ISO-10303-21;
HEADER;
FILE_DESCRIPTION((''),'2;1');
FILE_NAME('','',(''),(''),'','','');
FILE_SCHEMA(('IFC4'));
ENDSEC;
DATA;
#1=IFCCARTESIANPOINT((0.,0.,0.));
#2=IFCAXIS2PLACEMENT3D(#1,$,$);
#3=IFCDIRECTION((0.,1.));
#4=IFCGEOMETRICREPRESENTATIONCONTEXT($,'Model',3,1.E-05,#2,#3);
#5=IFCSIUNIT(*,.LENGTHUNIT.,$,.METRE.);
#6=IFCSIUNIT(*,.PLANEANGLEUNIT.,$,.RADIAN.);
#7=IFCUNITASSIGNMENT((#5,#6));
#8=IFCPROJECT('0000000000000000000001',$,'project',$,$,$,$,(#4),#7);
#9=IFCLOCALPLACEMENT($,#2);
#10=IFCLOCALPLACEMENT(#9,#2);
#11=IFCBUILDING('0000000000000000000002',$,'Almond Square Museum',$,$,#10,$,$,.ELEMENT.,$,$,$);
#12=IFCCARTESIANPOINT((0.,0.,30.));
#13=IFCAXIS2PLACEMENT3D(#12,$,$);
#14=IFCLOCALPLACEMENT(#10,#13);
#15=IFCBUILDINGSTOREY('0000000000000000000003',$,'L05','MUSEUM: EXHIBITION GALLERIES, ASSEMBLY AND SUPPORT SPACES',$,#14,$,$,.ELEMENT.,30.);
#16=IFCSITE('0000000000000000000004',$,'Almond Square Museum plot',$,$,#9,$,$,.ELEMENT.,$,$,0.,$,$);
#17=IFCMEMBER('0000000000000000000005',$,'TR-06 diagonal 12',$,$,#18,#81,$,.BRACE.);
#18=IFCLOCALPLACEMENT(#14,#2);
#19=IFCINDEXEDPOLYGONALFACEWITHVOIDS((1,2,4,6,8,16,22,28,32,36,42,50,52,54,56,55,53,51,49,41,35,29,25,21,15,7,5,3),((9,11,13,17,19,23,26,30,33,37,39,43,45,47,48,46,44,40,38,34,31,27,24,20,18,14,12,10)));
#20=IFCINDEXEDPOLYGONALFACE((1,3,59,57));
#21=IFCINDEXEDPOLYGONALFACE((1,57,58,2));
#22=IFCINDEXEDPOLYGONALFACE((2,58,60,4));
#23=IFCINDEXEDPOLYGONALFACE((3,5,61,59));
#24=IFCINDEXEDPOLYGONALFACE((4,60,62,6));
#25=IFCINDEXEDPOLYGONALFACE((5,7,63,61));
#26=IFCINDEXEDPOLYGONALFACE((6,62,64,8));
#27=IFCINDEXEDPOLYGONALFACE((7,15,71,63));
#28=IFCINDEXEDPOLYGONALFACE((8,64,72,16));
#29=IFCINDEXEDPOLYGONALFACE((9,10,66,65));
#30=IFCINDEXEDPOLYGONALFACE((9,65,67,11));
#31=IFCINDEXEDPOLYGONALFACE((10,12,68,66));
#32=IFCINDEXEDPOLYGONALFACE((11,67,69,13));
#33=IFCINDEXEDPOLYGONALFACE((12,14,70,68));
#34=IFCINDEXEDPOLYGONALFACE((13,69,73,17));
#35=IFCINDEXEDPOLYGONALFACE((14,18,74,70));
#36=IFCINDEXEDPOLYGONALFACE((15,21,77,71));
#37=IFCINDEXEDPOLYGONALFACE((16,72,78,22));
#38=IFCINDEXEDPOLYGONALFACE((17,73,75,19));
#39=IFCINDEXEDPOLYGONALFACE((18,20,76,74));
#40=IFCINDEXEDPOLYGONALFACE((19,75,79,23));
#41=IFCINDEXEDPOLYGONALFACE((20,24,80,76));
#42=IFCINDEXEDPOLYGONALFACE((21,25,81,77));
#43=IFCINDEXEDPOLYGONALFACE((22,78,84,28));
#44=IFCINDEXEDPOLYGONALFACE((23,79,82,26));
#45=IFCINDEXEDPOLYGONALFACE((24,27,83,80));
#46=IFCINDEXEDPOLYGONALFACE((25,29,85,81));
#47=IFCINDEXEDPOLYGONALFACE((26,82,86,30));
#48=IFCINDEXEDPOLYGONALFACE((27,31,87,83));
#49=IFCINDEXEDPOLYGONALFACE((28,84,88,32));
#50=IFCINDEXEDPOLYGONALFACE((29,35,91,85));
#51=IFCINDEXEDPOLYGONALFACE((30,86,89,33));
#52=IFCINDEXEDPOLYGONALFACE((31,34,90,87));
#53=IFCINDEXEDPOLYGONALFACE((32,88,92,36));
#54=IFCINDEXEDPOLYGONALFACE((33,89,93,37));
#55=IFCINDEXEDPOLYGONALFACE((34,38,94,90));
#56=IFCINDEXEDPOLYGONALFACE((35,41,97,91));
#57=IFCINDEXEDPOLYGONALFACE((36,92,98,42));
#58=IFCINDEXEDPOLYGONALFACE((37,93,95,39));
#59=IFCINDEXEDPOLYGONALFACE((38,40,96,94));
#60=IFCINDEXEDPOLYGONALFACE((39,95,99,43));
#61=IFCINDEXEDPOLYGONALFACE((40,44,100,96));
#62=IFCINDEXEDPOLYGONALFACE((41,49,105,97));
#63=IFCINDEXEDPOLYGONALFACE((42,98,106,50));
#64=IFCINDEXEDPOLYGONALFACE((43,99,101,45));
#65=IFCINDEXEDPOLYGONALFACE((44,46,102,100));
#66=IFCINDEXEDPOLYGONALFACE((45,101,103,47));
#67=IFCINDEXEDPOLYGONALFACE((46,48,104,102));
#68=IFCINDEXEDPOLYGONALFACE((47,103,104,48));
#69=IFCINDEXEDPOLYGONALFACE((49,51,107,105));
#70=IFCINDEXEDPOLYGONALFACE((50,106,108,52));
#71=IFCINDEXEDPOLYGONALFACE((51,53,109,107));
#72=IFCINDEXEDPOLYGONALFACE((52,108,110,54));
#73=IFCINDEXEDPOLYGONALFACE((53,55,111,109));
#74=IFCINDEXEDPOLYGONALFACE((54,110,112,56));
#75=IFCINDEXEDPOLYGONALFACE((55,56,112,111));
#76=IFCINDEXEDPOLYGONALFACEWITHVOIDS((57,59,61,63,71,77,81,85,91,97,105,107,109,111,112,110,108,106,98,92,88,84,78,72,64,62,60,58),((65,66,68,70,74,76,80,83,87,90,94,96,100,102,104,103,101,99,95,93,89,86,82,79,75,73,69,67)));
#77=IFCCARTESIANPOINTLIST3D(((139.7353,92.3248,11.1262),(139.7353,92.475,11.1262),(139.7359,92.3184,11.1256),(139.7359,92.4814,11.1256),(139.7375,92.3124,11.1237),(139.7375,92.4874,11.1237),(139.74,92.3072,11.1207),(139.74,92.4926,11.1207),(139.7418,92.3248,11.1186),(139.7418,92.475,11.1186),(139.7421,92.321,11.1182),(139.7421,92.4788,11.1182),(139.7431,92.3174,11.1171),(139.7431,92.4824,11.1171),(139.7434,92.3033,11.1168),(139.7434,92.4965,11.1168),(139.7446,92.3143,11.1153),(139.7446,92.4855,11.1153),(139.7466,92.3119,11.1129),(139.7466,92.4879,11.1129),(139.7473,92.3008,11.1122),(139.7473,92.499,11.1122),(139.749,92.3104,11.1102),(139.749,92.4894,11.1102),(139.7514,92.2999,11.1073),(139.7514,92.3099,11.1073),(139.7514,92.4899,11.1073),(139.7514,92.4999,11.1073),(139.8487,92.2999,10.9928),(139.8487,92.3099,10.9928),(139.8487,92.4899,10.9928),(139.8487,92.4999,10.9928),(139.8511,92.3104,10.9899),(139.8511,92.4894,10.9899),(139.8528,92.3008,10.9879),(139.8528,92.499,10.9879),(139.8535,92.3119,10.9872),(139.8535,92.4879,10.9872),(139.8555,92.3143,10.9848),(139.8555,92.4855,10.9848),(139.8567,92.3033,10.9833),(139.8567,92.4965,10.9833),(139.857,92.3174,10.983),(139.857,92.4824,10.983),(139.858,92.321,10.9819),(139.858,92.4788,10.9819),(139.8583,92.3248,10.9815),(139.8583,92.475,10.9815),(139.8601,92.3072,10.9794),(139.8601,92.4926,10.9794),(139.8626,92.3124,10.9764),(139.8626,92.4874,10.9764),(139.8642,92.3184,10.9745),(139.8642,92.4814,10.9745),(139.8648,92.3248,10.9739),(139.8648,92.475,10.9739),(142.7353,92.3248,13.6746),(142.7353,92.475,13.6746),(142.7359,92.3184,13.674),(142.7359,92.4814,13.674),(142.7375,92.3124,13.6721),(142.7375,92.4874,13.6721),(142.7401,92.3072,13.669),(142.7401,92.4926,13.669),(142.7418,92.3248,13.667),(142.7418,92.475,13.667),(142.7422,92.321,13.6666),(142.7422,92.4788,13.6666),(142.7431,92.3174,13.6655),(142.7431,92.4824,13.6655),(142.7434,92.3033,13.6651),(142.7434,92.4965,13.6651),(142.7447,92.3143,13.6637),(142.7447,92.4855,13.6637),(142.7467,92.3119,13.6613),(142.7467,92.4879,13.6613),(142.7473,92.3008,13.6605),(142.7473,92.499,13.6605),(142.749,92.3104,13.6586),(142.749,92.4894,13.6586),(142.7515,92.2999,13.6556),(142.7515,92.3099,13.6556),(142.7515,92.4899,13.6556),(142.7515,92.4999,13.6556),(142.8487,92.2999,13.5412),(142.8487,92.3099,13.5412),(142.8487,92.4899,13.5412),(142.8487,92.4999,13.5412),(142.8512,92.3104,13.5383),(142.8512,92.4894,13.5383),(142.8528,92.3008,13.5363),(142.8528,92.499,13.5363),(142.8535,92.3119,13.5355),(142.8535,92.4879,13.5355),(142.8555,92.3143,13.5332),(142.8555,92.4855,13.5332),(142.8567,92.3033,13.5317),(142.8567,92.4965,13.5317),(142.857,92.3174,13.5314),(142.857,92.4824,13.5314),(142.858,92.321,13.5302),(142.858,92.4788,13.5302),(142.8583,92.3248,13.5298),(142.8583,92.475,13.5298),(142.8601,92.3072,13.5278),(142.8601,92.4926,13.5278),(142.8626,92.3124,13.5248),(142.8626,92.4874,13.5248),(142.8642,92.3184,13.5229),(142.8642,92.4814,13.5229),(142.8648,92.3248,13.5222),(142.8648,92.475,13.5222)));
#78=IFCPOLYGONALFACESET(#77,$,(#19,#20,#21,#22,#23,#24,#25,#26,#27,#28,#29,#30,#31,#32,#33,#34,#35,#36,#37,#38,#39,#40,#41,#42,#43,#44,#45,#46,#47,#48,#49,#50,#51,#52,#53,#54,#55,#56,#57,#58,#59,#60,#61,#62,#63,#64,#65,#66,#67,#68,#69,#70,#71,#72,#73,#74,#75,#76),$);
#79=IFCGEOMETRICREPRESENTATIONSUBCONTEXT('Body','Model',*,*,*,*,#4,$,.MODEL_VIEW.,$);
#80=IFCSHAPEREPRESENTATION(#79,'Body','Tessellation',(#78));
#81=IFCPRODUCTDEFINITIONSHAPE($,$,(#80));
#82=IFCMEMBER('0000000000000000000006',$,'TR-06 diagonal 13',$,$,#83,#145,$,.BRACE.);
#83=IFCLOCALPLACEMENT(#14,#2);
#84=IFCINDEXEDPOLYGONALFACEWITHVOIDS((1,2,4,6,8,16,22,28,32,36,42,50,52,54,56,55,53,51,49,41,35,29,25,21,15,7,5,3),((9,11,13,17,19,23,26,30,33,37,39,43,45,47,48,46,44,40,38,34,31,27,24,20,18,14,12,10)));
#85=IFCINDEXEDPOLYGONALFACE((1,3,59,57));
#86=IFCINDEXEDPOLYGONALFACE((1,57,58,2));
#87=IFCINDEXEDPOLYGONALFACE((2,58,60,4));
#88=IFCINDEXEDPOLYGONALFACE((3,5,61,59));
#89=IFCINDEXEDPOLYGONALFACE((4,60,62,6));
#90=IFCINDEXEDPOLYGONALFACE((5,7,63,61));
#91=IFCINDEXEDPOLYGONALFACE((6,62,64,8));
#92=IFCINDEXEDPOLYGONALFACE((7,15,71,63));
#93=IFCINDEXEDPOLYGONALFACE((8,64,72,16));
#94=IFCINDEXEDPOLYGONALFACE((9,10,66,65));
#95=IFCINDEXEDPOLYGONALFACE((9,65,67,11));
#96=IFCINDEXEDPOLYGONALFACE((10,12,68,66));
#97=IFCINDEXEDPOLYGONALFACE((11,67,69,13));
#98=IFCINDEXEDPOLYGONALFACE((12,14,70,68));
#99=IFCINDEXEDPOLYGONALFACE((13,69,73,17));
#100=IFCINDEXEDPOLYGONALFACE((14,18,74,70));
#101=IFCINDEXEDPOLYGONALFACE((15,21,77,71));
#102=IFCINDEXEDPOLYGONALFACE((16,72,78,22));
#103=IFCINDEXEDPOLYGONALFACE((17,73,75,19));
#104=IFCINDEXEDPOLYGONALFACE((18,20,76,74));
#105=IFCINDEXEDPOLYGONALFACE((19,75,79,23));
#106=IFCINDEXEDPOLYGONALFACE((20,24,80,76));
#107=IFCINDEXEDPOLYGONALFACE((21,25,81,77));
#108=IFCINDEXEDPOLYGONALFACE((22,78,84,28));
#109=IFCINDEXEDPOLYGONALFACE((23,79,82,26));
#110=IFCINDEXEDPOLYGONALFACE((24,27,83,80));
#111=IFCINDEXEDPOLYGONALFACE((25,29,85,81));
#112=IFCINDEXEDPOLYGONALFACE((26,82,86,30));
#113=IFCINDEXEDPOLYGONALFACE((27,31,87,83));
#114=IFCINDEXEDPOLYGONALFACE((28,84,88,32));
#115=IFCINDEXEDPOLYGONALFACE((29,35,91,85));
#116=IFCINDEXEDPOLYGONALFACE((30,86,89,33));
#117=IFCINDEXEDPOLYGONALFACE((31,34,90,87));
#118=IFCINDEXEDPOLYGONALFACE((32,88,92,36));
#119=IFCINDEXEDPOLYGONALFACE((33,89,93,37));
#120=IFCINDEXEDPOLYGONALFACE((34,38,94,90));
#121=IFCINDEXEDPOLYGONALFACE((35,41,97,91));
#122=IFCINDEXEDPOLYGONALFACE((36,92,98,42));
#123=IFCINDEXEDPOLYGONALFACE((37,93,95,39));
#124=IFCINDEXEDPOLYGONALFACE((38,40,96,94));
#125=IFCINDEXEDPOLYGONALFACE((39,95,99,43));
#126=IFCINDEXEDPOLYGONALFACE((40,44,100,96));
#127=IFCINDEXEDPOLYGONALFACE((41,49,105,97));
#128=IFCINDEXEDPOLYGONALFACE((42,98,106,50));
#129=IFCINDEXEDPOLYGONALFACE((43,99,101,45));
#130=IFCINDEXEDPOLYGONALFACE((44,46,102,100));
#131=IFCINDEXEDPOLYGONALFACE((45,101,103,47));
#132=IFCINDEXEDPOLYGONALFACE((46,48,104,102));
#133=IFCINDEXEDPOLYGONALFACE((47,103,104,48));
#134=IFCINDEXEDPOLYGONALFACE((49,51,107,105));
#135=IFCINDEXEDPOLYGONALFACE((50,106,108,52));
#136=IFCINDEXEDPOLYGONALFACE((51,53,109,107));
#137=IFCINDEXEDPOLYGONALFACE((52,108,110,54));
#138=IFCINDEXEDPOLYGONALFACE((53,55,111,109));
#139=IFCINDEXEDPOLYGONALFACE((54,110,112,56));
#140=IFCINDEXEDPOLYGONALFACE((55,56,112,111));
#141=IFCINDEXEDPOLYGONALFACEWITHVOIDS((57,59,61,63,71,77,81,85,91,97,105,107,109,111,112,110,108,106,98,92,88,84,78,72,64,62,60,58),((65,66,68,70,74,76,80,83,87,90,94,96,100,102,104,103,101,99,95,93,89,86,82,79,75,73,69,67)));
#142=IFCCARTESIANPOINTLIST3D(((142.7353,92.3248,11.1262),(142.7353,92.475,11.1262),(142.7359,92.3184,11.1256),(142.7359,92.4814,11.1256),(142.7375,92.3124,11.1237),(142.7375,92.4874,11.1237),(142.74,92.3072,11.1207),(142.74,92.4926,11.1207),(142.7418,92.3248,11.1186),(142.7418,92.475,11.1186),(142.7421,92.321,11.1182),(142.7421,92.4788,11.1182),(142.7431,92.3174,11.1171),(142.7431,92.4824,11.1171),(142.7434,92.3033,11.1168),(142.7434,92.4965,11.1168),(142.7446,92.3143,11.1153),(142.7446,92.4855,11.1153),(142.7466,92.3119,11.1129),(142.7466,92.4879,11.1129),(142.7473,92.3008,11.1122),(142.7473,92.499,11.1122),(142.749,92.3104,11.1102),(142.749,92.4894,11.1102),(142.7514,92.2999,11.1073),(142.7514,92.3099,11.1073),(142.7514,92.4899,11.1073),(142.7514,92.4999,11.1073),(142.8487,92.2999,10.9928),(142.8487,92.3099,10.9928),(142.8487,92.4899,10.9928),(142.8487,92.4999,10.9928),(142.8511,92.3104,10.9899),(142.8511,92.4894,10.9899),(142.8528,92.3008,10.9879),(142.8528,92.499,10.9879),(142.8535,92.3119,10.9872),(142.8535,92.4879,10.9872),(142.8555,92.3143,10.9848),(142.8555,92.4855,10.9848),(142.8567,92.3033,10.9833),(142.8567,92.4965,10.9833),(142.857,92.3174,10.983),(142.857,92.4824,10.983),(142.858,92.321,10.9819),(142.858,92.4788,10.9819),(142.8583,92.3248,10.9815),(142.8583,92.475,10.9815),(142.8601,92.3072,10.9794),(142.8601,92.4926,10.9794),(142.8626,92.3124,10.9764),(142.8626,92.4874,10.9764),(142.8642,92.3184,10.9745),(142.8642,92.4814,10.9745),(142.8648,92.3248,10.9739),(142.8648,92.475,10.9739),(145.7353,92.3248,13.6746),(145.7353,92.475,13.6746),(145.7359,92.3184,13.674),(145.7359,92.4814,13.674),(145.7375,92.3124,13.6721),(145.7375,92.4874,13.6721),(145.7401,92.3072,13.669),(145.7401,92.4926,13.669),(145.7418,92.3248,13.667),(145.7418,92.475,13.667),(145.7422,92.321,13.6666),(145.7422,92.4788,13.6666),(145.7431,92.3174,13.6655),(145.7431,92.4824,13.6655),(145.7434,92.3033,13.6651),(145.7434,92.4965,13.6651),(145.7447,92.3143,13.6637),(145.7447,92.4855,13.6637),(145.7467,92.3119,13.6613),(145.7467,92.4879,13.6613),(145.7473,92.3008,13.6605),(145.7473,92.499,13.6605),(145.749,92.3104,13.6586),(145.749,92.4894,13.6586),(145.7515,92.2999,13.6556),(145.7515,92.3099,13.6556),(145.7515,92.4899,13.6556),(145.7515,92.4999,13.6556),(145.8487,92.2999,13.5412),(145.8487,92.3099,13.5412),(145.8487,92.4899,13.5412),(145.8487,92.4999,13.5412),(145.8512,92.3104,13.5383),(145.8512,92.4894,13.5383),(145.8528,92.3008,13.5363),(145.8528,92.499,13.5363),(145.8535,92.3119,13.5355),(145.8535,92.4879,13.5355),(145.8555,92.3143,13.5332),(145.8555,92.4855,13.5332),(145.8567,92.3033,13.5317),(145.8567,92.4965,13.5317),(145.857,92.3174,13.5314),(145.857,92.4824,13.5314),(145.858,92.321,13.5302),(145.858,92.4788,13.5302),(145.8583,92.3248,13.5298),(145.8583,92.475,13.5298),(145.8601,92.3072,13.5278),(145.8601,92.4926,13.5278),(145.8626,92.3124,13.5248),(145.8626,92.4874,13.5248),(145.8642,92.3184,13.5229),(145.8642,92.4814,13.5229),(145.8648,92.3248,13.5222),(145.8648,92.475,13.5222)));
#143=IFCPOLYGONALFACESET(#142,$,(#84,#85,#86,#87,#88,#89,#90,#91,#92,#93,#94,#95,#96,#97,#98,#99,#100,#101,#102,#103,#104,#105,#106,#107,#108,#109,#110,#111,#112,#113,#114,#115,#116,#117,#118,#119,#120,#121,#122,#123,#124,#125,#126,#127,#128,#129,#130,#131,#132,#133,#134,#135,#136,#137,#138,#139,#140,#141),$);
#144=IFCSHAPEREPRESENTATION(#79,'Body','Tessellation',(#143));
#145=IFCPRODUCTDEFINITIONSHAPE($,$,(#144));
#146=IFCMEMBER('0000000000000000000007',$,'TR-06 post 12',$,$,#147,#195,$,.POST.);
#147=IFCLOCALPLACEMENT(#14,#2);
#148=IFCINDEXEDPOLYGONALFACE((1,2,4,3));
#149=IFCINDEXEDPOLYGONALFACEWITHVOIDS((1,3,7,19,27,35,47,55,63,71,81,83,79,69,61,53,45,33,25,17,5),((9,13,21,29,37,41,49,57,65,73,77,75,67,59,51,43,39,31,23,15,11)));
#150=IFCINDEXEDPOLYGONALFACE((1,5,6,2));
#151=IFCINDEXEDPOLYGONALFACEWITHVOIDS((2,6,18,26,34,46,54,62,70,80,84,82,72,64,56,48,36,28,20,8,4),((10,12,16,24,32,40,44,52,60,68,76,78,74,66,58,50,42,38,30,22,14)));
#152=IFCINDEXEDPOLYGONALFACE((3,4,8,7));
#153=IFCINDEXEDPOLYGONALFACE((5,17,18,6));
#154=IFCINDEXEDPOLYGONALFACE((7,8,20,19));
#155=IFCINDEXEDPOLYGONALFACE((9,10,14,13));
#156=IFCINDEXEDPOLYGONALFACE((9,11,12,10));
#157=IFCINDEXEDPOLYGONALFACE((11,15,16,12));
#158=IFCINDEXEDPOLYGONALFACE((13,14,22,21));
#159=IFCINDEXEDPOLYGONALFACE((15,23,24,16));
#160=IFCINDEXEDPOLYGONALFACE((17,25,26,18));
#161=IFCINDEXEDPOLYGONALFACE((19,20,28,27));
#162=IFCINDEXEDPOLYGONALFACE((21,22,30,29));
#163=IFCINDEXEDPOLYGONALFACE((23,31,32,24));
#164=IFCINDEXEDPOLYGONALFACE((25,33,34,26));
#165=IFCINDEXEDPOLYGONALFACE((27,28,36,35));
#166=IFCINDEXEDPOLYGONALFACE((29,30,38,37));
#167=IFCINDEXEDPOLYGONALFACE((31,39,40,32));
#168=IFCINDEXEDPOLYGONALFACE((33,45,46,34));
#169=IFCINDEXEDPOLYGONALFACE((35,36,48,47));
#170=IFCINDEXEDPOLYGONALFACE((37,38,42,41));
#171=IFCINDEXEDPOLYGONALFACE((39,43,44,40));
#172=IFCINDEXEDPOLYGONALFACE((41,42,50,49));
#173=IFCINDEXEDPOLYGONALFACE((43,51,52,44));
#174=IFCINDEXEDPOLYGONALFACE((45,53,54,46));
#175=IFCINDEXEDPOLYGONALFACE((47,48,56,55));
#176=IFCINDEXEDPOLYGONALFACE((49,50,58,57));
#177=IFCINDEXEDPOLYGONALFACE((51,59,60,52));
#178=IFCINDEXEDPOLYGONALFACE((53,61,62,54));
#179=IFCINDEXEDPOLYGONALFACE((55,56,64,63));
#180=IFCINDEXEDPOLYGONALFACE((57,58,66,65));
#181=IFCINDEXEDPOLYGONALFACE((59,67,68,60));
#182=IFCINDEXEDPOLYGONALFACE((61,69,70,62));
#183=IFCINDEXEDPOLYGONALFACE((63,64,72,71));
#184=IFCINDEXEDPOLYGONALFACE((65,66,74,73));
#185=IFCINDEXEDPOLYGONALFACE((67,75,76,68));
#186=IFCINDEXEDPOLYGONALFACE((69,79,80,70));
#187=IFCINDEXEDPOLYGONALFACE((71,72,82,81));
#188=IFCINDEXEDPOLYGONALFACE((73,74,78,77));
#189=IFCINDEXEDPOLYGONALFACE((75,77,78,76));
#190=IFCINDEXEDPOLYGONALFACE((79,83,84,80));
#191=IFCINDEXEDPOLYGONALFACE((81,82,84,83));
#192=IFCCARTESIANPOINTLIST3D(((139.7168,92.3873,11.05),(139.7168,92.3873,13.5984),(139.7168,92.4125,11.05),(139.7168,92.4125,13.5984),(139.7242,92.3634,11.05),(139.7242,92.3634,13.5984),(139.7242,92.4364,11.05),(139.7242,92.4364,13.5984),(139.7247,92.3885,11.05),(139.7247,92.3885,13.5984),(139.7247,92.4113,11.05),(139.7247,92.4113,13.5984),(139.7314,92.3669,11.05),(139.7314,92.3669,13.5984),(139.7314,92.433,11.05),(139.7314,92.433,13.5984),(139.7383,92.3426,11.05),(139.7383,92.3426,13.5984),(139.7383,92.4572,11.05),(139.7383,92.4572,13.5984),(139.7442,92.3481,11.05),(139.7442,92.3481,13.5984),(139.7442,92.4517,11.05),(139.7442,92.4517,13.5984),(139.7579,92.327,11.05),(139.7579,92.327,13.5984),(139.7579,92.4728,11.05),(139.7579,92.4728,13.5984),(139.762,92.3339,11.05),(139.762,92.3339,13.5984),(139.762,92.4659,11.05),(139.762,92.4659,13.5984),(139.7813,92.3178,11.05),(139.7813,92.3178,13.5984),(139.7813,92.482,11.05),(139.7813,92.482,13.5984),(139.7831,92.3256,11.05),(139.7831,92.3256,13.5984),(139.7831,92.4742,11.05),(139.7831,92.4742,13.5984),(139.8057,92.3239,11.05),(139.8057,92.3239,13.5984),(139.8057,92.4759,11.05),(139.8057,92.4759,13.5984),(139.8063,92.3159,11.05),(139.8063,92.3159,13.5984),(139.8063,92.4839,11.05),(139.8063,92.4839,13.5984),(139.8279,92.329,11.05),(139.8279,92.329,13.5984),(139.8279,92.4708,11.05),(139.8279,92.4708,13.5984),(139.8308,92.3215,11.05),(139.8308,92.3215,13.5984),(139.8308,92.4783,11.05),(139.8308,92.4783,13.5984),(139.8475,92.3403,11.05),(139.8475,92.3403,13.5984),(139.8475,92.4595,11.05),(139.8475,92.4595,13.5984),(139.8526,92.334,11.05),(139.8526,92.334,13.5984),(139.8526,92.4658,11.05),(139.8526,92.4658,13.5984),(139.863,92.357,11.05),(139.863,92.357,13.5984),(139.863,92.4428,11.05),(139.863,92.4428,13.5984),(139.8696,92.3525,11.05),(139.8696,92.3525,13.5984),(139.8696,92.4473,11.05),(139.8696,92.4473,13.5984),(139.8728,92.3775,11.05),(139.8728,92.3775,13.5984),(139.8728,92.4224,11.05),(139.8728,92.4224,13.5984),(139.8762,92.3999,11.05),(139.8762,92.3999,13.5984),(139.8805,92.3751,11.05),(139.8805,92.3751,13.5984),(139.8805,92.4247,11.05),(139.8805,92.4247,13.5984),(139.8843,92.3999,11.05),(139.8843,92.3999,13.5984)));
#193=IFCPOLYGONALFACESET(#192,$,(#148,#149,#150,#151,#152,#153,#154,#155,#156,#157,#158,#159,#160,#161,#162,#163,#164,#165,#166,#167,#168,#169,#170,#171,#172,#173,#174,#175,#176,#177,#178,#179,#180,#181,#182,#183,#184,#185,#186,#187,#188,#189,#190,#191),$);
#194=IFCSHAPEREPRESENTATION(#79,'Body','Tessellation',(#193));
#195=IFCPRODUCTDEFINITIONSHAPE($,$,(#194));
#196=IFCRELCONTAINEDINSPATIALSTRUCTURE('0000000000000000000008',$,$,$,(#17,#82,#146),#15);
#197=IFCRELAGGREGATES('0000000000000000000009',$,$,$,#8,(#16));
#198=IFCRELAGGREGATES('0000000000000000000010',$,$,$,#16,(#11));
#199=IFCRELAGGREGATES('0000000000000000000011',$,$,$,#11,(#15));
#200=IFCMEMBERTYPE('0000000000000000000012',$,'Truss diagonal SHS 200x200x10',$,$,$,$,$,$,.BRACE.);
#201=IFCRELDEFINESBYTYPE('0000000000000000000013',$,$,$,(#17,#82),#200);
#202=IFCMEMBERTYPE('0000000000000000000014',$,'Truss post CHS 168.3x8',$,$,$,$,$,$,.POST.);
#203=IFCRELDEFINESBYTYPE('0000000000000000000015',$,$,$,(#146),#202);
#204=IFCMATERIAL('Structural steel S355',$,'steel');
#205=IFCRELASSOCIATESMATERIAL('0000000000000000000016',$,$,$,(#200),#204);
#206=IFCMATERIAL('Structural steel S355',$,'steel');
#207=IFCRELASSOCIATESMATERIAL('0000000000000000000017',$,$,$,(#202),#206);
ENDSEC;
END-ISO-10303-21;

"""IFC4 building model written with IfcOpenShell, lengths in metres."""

from ifc_helpers import new_model, si_unit, direction, frame, origin, origin_2d, place, context, subcontext, project, spatial, hollow_rectangle, hollow_circle, extrude, material, material_profile, profile_set, type_object, element, save


model = new_model("IFC4")

# Units and contexts
model_context = context("Model", 3, precision=1e-05, world=origin(), true_north=direction((0.0, 1.0)))
body_context = subcontext(model_context, "Body", "Model", "MODEL_VIEW")
ifc_project = project(units=[si_unit("LENGTHUNIT", "METRE"), si_unit("PLANEANGLEUNIT", "RADIAN")], contexts=[model_context])

# Site, building, storey
site_placement = place(None, origin())
site = spatial("IfcSite", under=ifc_project, at=site_placement, Name="Almond Square Museum plot", CompositionType="ELEMENT", RefElevation=0.0)
building_placement = place(site_placement, origin())
building = spatial("IfcBuilding", under=site, at=building_placement, Name="Almond Square Museum", CompositionType="ELEMENT")
storey_placement = place(building_placement, frame((0.0, 0.0, 30.0)))
storey = spatial("IfcBuildingStorey", under=building, at=storey_placement, Name="L05", Description="MUSEUM: EXHIBITION GALLERIES, ASSEMBLY AND SUPPORT SPACES", CompositionType="ELEMENT", Elevation=30.0)

# Members
ifc_material_1 = material(Name="Structural steel S355", Category="steel")
ifc_material_profile_1 = material_profile(ifc_material_1, hollow_rectangle(XDim=0.2, YDim=0.2, WallThickness=0.01, InnerFilletRadius=0.0149, OuterFilletRadius=0.0249, at=origin_2d()))
ifc_profile_set_1 = profile_set([ifc_material_profile_1], Name="Structural steel S355")
member_type_1 = type_object("IfcMemberType", Name="Truss diagonal SHS 200x200x10", PredefinedType="BRACE", material=ifc_profile_set_1)
for number, where, z_axis, x_axis, name in (
    (1, (139.8, 92.3999, 11.05), (0.762147, 0.0, 0.647404), (0.0, 1.0, 0.0), "TR-06 diagonal 12"),
    (2, (142.8, 92.3999, 11.05), (0.762147, 0.0, 0.647404), (0.0, 1.0, 0.0), "TR-06 diagonal 13"),
):
    element("IfcMember", number, at=place(storey_placement, frame(where, z_axis=z_axis, x_axis=x_axis)), inside=storey, type_object=member_type_1, Name=name, PredefinedType="BRACE", context=body_context, shape_type="SweptSolid", body=[
        extrude(hollow_rectangle(XDim=0.2, YDim=0.2, WallThickness=0.01, InnerFilletRadius=0.0149, OuterFilletRadius=0.0249, at=origin_2d()), origin(), (0.0, 0.0, 1.0), 3.9363),
    ])
ifc_material_2 = material(Name="Structural steel S355", Category="steel")
ifc_material_profile_2 = material_profile(ifc_material_2, hollow_circle(Radius=0.0842, WallThickness=0.0081, at=origin_2d()))
ifc_profile_set_2 = profile_set([ifc_material_profile_2], Name="Structural steel S355")
member_type_2 = type_object("IfcMemberType", Name="Truss post CHS 168.3x8", PredefinedType="POST", material=ifc_profile_set_2)
for number, where, z_axis, x_axis, name in (
    (3, (139.8, 92.3999, 11.05), (0.0, 0.0, 1.0), (1.0, 0.0, 0.0), "TR-06 post 12"),
):
    element("IfcMember", number, at=place(storey_placement, frame(where, z_axis=z_axis, x_axis=x_axis)), inside=storey, type_object=member_type_2, Name=name, PredefinedType="POST", context=body_context, shape_type="SweptSolid", body=[
        extrude(hollow_circle(Radius=0.0842, WallThickness=0.0081, at=origin_2d()), origin(), (0.0, 0.0, 1.0), 2.5483),
    ])

save(model, "model.ifc")
